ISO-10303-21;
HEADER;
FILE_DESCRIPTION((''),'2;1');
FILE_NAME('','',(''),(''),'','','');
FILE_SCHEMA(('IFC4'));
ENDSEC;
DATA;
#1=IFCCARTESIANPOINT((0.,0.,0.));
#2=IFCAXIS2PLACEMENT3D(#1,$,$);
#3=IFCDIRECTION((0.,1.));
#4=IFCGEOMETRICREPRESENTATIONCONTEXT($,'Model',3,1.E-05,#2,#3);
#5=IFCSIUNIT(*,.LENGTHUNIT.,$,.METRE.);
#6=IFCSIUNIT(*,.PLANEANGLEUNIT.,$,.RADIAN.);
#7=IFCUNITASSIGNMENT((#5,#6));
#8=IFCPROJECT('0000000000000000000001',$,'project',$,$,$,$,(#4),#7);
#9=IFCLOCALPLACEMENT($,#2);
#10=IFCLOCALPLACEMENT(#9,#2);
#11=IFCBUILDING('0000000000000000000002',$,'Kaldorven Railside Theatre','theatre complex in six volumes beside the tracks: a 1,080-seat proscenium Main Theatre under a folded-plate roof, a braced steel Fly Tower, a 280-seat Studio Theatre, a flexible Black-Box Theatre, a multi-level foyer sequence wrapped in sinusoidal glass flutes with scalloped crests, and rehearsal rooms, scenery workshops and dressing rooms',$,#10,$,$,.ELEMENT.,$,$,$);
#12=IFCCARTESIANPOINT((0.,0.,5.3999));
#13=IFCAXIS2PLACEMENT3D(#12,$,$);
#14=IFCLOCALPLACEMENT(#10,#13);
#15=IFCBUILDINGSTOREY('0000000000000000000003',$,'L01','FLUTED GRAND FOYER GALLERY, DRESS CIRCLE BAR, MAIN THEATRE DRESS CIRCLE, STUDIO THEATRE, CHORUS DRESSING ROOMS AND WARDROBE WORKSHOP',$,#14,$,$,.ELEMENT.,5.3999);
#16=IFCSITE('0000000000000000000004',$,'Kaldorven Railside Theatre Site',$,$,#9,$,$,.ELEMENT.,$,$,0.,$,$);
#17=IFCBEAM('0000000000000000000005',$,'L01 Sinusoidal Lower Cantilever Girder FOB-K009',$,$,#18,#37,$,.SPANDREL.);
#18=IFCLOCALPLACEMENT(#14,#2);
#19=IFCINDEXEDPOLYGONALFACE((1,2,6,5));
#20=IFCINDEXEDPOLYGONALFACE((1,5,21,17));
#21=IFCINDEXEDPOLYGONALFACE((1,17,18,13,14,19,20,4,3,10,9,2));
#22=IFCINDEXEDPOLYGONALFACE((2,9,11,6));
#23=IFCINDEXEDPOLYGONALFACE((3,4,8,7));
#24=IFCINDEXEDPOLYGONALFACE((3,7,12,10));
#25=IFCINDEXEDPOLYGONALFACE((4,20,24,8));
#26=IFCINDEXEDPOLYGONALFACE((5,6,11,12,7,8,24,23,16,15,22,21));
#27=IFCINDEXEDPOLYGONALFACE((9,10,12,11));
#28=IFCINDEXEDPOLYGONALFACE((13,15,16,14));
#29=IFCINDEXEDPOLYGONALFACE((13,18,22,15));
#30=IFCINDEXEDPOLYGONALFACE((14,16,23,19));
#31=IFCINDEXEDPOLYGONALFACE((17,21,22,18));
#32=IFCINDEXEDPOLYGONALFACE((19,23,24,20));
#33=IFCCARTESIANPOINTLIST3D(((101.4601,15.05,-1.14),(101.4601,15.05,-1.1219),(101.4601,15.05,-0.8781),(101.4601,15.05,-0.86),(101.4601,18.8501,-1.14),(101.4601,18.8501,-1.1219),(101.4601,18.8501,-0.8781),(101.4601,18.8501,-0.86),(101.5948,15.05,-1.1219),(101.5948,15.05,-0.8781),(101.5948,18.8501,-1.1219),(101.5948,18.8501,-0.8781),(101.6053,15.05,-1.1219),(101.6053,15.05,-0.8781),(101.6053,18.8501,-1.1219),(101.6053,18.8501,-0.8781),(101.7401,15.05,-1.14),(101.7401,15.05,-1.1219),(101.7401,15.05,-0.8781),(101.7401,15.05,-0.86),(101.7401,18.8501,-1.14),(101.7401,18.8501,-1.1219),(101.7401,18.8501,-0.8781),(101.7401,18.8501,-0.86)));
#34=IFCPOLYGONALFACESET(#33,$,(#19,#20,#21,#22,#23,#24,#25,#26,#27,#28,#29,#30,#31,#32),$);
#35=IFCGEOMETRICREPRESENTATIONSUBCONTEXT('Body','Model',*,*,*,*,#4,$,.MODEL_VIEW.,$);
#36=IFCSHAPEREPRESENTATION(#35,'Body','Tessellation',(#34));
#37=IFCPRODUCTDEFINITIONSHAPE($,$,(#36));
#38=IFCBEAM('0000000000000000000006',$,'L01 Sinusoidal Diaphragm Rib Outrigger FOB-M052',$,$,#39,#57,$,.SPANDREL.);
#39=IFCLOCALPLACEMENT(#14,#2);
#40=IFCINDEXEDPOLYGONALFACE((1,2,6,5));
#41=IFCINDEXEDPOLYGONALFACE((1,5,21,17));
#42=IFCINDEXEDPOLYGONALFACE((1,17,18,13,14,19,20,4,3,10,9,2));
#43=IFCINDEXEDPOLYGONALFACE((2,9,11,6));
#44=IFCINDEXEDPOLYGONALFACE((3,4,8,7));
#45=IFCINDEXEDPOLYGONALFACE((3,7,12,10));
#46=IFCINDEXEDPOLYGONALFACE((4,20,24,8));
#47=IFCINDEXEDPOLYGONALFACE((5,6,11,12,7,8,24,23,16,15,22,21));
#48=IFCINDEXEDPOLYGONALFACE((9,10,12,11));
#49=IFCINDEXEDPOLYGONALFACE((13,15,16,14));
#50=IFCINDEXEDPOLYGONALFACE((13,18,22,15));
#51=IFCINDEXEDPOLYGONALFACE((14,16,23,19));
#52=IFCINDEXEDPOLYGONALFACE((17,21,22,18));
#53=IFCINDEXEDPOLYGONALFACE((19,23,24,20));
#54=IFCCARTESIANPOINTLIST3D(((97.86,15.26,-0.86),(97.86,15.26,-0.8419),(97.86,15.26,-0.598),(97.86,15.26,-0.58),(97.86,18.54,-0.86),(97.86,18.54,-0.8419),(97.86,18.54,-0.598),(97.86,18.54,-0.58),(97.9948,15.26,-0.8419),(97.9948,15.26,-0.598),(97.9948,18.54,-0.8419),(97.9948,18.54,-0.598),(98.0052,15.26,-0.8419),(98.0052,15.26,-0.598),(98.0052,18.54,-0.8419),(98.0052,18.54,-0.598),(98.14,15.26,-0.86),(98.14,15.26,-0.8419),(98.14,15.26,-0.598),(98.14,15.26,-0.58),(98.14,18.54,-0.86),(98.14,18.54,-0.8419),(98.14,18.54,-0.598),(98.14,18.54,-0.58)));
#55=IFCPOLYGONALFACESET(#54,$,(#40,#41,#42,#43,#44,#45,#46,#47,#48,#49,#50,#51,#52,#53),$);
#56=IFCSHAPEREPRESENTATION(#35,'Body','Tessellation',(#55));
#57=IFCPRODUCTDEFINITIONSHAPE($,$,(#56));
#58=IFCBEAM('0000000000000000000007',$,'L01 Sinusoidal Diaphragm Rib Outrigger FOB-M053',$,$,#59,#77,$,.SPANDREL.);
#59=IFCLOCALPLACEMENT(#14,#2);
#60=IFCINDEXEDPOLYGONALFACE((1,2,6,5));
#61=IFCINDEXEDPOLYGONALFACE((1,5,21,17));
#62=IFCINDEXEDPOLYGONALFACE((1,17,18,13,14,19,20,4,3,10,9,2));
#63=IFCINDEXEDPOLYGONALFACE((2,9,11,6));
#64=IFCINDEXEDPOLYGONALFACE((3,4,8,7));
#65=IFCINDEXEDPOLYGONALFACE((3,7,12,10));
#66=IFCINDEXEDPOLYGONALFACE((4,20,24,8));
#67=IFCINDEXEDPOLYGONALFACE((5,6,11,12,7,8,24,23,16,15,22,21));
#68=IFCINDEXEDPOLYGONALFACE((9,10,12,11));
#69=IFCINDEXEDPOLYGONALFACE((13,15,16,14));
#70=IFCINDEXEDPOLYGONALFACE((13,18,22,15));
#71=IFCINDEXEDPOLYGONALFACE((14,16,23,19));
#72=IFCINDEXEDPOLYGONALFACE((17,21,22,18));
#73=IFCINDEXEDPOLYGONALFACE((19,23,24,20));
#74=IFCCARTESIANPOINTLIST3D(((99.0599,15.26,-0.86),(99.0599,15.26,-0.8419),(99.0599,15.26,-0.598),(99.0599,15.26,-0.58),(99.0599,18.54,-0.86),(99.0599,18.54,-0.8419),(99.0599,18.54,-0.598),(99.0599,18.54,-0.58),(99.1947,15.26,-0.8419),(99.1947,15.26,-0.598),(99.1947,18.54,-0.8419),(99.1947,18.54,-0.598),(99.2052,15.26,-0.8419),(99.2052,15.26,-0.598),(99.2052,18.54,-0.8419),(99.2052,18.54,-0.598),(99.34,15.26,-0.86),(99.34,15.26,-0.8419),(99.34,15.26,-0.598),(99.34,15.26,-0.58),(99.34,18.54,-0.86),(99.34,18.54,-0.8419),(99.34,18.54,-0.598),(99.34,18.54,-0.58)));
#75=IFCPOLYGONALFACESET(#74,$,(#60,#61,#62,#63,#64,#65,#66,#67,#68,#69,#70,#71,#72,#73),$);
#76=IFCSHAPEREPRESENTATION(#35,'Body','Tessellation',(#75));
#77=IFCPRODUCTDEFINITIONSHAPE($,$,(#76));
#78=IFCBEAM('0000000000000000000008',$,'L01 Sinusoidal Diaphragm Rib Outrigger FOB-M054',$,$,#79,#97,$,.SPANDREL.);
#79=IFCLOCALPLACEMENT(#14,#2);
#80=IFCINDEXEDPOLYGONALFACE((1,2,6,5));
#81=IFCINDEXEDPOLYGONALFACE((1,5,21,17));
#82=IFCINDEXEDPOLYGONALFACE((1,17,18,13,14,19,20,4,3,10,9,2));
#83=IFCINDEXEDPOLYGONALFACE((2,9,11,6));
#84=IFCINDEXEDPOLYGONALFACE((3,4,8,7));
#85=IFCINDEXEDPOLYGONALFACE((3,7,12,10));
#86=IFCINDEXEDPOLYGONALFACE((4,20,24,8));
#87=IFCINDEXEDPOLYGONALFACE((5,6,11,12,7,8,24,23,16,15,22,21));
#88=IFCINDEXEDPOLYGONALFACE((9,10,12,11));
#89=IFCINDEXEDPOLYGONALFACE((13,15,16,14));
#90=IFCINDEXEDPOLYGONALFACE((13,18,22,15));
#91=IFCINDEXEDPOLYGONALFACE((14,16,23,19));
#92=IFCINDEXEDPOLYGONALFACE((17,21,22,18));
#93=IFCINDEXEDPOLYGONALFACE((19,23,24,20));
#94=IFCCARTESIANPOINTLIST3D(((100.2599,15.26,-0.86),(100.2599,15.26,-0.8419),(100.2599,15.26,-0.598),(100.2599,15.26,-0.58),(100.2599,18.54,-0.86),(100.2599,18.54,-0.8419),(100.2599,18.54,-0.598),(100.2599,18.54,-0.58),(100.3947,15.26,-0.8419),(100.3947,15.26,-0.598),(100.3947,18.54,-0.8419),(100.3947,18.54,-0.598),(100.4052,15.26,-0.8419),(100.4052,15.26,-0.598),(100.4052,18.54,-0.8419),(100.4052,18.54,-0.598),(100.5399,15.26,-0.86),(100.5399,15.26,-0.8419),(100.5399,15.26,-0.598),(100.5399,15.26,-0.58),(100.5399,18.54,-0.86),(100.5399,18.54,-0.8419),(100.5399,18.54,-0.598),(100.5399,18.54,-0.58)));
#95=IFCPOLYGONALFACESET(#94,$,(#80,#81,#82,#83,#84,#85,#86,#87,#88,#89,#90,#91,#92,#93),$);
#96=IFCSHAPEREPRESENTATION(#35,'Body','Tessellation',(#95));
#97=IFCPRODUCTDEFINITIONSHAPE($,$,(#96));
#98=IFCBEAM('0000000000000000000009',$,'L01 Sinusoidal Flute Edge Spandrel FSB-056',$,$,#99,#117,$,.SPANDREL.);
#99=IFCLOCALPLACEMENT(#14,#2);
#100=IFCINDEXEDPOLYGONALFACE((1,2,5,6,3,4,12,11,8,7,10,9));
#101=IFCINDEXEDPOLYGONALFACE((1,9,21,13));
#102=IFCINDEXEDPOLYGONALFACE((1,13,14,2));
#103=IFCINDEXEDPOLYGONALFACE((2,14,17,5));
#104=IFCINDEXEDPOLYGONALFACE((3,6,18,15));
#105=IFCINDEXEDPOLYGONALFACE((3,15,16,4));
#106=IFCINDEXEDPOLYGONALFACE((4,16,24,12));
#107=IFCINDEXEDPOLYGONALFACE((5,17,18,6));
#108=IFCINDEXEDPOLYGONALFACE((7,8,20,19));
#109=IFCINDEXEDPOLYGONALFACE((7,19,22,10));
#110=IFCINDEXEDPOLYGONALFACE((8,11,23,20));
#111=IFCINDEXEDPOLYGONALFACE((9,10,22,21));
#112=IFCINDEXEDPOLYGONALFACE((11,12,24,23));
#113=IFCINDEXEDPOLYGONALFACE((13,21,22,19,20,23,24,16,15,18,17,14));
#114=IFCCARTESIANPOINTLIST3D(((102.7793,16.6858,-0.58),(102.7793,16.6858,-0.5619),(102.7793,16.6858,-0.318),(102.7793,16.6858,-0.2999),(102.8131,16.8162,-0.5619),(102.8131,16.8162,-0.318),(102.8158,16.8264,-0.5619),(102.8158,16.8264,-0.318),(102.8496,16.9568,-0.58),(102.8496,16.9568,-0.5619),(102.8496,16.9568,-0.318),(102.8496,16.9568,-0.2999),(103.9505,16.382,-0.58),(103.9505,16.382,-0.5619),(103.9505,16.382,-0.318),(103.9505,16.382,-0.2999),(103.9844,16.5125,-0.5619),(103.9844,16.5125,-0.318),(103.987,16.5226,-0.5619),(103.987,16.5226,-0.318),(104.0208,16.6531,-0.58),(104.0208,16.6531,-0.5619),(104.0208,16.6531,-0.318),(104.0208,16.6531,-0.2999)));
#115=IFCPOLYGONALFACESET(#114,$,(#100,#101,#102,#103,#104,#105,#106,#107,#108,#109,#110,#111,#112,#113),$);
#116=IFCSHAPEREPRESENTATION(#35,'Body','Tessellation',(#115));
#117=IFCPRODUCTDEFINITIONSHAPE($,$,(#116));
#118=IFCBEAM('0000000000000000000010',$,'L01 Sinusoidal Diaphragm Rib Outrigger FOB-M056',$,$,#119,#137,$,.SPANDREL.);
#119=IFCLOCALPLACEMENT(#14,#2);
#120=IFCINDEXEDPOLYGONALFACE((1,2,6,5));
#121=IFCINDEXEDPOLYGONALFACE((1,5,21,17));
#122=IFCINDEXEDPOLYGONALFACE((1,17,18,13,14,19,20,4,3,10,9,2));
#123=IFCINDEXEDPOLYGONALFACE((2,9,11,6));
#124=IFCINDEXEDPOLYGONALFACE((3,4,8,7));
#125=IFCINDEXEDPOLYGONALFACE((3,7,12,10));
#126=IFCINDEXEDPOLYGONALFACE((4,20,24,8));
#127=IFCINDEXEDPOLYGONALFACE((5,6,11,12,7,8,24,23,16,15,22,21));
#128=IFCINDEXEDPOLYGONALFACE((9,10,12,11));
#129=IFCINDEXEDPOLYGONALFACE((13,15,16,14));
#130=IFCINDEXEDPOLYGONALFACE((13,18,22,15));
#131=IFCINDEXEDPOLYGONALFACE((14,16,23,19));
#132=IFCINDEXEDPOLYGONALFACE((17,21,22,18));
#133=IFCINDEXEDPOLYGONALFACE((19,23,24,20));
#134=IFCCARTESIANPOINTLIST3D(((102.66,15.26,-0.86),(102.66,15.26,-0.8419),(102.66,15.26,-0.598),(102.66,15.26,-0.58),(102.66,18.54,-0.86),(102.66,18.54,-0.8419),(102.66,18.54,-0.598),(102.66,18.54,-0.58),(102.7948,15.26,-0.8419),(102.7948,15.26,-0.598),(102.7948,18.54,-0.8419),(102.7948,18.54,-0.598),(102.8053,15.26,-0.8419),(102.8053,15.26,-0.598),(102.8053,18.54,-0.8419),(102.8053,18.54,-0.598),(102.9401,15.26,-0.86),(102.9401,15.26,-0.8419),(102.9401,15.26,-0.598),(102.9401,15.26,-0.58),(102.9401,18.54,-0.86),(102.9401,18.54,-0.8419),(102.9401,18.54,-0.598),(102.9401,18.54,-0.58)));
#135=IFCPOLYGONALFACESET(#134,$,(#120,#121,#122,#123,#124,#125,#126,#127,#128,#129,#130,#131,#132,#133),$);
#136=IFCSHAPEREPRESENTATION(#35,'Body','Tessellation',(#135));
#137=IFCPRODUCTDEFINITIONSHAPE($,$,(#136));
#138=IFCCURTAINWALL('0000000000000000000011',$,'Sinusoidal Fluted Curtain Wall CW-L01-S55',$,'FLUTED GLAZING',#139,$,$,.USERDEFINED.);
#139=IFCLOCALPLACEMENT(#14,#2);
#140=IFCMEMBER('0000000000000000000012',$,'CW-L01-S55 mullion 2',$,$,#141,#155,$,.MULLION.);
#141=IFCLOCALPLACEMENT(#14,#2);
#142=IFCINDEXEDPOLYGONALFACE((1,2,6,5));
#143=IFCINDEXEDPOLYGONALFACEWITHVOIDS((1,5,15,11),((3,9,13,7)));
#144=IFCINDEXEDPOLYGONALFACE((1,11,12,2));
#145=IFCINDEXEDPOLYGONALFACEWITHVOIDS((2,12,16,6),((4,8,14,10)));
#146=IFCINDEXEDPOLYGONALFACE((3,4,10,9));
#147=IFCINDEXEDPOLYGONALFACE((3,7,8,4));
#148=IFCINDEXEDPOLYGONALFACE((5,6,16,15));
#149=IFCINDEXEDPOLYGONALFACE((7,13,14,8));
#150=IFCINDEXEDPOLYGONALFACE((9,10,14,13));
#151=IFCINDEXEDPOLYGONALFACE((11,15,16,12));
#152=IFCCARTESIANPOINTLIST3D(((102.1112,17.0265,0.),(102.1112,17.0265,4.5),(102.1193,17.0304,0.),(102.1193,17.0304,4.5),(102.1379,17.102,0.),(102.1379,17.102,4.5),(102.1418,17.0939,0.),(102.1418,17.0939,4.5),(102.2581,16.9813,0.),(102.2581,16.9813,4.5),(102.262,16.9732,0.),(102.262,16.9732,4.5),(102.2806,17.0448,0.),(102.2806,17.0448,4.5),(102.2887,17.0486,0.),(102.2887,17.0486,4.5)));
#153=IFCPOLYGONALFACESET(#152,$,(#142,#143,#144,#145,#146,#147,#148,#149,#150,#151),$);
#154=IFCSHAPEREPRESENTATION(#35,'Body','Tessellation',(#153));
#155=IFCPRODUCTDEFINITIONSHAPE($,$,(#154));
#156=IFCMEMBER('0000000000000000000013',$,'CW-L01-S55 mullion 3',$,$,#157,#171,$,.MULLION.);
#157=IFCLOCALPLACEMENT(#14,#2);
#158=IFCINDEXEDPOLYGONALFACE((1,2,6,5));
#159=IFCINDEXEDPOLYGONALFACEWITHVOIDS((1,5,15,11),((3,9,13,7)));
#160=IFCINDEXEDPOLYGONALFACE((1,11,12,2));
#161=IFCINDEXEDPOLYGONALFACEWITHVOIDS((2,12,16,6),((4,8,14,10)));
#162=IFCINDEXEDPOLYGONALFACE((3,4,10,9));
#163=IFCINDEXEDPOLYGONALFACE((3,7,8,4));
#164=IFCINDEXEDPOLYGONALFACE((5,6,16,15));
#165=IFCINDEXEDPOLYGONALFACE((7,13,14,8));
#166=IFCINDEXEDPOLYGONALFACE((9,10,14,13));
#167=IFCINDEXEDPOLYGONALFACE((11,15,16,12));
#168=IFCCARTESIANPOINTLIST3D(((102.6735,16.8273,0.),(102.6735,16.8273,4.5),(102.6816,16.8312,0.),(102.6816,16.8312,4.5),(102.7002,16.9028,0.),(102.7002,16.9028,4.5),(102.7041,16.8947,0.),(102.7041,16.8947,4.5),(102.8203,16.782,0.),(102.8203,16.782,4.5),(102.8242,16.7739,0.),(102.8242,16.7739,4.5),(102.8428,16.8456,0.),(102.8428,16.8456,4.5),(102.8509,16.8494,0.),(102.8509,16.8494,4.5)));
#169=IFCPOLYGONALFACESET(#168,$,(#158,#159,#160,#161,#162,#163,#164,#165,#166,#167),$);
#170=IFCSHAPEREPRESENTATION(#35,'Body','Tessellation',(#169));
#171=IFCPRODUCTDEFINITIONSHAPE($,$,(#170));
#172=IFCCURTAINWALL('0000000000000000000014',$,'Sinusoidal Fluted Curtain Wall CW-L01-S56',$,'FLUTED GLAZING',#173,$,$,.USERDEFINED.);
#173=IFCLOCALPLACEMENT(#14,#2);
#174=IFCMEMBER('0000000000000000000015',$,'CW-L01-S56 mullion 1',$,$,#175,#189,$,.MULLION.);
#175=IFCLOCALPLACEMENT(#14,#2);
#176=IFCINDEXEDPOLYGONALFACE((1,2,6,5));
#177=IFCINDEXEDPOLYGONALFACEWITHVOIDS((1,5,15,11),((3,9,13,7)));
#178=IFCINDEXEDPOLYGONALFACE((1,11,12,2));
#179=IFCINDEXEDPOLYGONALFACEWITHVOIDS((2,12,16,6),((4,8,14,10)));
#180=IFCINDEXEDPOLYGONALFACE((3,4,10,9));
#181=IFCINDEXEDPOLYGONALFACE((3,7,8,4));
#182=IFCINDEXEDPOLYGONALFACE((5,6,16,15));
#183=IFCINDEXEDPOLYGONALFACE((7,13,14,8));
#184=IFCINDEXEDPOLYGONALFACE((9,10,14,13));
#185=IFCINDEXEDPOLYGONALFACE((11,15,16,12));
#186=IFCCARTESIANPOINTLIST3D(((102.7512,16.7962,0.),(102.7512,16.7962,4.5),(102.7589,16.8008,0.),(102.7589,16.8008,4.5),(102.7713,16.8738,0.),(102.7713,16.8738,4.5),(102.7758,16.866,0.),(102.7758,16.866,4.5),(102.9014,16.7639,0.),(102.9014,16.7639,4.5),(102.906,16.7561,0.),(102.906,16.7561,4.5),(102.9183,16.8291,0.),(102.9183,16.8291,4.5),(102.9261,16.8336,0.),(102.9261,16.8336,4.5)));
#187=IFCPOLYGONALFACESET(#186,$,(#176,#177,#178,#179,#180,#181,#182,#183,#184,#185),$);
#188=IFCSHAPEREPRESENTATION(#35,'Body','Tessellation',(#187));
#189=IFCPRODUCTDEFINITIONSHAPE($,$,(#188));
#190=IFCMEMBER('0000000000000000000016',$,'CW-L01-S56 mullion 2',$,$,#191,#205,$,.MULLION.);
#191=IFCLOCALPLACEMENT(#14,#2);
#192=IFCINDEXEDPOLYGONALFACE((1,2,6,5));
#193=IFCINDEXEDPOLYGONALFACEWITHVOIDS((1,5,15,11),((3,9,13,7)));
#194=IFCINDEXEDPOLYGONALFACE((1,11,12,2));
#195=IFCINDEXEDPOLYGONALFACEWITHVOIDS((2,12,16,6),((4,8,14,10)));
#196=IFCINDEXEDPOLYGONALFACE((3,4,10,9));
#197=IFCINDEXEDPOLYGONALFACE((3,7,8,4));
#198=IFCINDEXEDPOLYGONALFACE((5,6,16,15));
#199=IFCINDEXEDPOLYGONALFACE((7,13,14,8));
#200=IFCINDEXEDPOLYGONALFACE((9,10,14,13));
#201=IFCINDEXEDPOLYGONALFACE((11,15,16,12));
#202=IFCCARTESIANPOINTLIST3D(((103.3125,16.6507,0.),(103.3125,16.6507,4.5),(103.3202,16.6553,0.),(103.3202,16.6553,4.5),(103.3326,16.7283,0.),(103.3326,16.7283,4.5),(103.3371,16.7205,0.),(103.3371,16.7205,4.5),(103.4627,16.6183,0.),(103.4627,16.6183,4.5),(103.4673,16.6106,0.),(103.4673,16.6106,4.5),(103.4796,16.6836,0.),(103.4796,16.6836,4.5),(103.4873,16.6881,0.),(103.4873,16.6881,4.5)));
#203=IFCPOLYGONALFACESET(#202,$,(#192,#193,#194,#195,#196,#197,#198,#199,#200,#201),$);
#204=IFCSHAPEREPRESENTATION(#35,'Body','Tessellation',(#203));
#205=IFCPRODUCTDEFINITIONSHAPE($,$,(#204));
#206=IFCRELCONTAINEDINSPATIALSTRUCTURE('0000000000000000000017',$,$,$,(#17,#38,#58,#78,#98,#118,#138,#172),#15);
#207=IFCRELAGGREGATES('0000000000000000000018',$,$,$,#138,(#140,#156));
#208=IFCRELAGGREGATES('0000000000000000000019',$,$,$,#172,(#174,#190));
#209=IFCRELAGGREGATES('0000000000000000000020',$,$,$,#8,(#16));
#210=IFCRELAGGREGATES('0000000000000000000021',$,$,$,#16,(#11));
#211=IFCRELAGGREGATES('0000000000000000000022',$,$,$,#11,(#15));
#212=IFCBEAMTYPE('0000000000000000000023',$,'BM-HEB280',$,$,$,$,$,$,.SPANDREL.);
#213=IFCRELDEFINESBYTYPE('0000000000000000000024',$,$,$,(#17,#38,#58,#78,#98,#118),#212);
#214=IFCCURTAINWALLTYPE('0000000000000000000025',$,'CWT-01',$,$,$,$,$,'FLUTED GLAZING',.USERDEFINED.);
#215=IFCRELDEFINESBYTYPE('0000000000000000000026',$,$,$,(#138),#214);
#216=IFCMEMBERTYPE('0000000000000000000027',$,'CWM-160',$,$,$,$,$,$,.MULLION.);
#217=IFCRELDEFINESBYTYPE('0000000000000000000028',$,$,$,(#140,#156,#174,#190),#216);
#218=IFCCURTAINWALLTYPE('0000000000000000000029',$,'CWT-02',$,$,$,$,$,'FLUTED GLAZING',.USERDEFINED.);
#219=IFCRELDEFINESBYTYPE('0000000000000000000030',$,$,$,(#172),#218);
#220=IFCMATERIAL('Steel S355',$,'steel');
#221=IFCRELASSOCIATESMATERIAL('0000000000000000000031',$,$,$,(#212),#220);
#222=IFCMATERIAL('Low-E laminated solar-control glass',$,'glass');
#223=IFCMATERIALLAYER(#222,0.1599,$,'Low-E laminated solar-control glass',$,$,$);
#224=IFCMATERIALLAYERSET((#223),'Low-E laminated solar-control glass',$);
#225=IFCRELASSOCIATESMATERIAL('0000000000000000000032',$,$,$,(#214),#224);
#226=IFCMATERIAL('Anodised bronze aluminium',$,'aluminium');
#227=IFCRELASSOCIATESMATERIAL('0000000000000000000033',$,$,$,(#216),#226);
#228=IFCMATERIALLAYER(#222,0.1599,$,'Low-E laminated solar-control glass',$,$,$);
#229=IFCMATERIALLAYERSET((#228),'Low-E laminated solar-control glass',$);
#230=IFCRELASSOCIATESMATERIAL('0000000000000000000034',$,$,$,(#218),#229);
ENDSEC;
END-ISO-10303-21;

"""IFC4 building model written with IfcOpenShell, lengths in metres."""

from ifc_helpers import new_model, si_unit, direction, frame, origin, origin_2d, place, context, subcontext, project, spatial, hollow_rectangle, i_section, extrude, material, layer, layer_set, material_profile, profile_set, type_object, element, aggregate, save


model = new_model("IFC4")

# Units and contexts
model_context = context("Model", 3, precision=1e-05, world=origin(), true_north=direction((0.0, 1.0)))
body_context = subcontext(model_context, "Body", "Model", "MODEL_VIEW")
ifc_project = project(units=[si_unit("LENGTHUNIT", "METRE"), si_unit("PLANEANGLEUNIT", "RADIAN")], contexts=[model_context])

# Site, building, storey
site_placement = place(None, origin())
site = spatial("IfcSite", under=ifc_project, at=site_placement, Name="Kaldorven Railside Theatre Site", CompositionType="ELEMENT", RefElevation=0.0)
building_placement = place(site_placement, origin())
building = spatial("IfcBuilding", under=site, at=building_placement, Name="Kaldorven Railside Theatre", Description="theatre complex in six volumes beside the tracks: a 1,080-seat proscenium Main Theatre under a folded-plate roof, a braced steel Fly Tower, a 280-seat Studio Theatre, a flexible Black-Box Theatre, a multi-level foyer sequence wrapped in sinusoidal glass flutes with scalloped crests, and rehearsal rooms, scenery workshops and dressing rooms", CompositionType="ELEMENT")
storey_placement = place(building_placement, frame((0.0, 0.0, 5.3999)))
storey = spatial("IfcBuildingStorey", under=building, at=storey_placement, Name="L01", Description="FLUTED GRAND FOYER GALLERY, DRESS CIRCLE BAR, MAIN THEATRE DRESS CIRCLE, STUDIO THEATRE, CHORUS DRESSING ROOMS AND WARDROBE WORKSHOP", CompositionType="ELEMENT", Elevation=5.3999)

# Beams
ifc_material_1 = material(Name="Steel S355", Category="steel")
ifc_material_profile_1 = material_profile(ifc_material_1, i_section(OverallWidth=0.28, OverallDepth=0.28, WebThickness=0.0105, FlangeThickness=0.0181, at=origin_2d()), Name="HEB 280")
ifc_profile_set_1 = profile_set([ifc_material_profile_1], Name="Steel S355")
beam_type = type_object("IfcBeamType", Name="BM-HEB280", PredefinedType="SPANDREL", material=ifc_profile_set_1)
beam_1_placement = place(storey_placement, frame((101.6001, 15.05, -1.0), z_axis=(0.0, 1.0, 0.0), x_axis=(-1.0, 0.0, 0.0)))
element("IfcBeam", 1, at=beam_1_placement, inside=storey, type_object=beam_type, Name="L01 Sinusoidal Lower Cantilever Girder FOB-K009", PredefinedType="SPANDREL", context=body_context, shape_type="SweptSolid", body=[
    extrude(i_section(OverallWidth=0.28, OverallDepth=0.28, WebThickness=0.0105, FlangeThickness=0.0181, at=origin_2d()), origin(), (0.0, 0.0, 1.0), 3.8),
])
for number, where, z_axis, x_axis, name in (
    (2, (98.0, 15.26, -0.72), (0.0, 1.0, 0.0), (-1.0, 0.0, 0.0), "L01 Sinusoidal Diaphragm Rib Outrigger FOB-M052"),
    (3, (99.2, 15.26, -0.72), (0.0, 1.0, 0.0), (-1.0, 0.0, 0.0), "L01 Sinusoidal Diaphragm Rib Outrigger FOB-M053"),
    (4, (100.3999, 15.26, -0.72), (0.0, 1.0, 0.0), (-1.0, 0.0, 0.0), "L01 Sinusoidal Diaphragm Rib Outrigger FOB-M054"),
):
    element("IfcBeam", number, at=place(storey_placement, frame(where, z_axis=z_axis, x_axis=x_axis)), inside=storey, type_object=beam_type, Name=name, PredefinedType="SPANDREL", context=body_context, shape_type="SweptSolid", body=[
        extrude(i_section(OverallWidth=0.28, OverallDepth=0.28, WebThickness=0.0105, FlangeThickness=0.0181, at=origin_2d()), origin(), (0.0, 0.0, 1.0), 3.28),
    ])
beam_2_placement = place(storey_placement, frame((102.8145, 16.8213, -0.4399), z_axis=(0.967981, -0.251025, 0.0), x_axis=(0.251025, 0.967981, 0.0)))
element("IfcBeam", 5, at=beam_2_placement, inside=storey, type_object=beam_type, Name="L01 Sinusoidal Flute Edge Spandrel FSB-056", PredefinedType="SPANDREL", context=body_context, shape_type="SweptSolid", body=[
    extrude(i_section(OverallWidth=0.28, OverallDepth=0.28, WebThickness=0.0105, FlangeThickness=0.0181, at=origin_2d()), origin(), (0.0, 0.0, 1.0), 1.21),
])
beam_3_placement = place(storey_placement, frame((102.8, 15.26, -0.72), z_axis=(0.0, 1.0, 0.0), x_axis=(-1.0, 0.0, 0.0)))
element("IfcBeam", 6, at=beam_3_placement, inside=storey, type_object=beam_type, Name="L01 Sinusoidal Diaphragm Rib Outrigger FOB-M056", PredefinedType="SPANDREL", context=body_context, shape_type="SweptSolid", body=[
    extrude(i_section(OverallWidth=0.28, OverallDepth=0.28, WebThickness=0.0105, FlangeThickness=0.0181, at=origin_2d()), origin(), (0.0, 0.0, 1.0), 3.28),
])

# Curtain walls, members
ifc_material_2 = material(Name="Low-E laminated solar-control glass", Category="glass")
ifc_layer_1 = layer(ifc_material_2, 0.1599, Name="Low-E laminated solar-control glass")
ifc_layer_set_1 = layer_set([ifc_layer_1], Name="Low-E laminated solar-control glass")
curtain_wall_type_1 = type_object("IfcCurtainWallType", Name="CWT-01", ElementType="FLUTED GLAZING", PredefinedType="USERDEFINED", material=ifc_layer_set_1)
curtain_wall_1_placement = place(storey_placement, origin())
curtain_wall_1 = element("IfcCurtainWall", 7, at=curtain_wall_1_placement, inside=storey, type_object=curtain_wall_type_1, Name="Sinusoidal Fluted Curtain Wall CW-L01-S55", ObjectType="FLUTED GLAZING", PredefinedType="USERDEFINED")
ifc_material_3 = material(Name="Anodised bronze aluminium", Category="aluminium")
ifc_material_profile_2 = material_profile(ifc_material_3, hollow_rectangle(XDim=0.0801, YDim=0.1599, WallThickness=0.0063, at=origin_2d()), Name="RHS 160x80x6.3")
ifc_profile_set_2 = profile_set([ifc_material_profile_2], Name="Anodised bronze aluminium")
member_type_1 = type_object("IfcMemberType", Name="CWM-160", PredefinedType="MULLION", material=ifc_profile_set_2)
member_1_placement = place(storey_placement, frame((102.2, 17.0376, 0.0), z_axis=(0.0, 0.0, 1.0), x_axis=(0.333847, 0.942627, 0.0)))
member_1 = element("IfcMember", 8, at=member_1_placement, type_object=member_type_1, Name="CW-L01-S55 mullion 2", PredefinedType="MULLION", context=body_context, shape_type="SweptSolid", body=[
    extrude(hollow_rectangle(XDim=0.0801, YDim=0.1599, WallThickness=0.0063, at=origin_2d()), origin(), (0.0, 0.0, 1.0), 4.5),
])
member_2_placement = place(storey_placement, frame((102.7622, 16.8384, 0.0), z_axis=(0.0, 0.0, 1.0), x_axis=(0.333847, 0.942627, 0.0)))
member_2 = element("IfcMember", 9, at=member_2_placement, type_object=member_type_1, Name="CW-L01-S55 mullion 3", PredefinedType="MULLION", context=body_context, shape_type="SweptSolid", body=[
    extrude(hollow_rectangle(XDim=0.0801, YDim=0.1599, WallThickness=0.0063, at=origin_2d()), origin(), (0.0, 0.0, 1.0), 4.5),
])
ifc_layer_2 = layer(ifc_material_2, 0.1599, Name="Low-E laminated solar-control glass")
ifc_layer_set_2 = layer_set([ifc_layer_2], Name="Low-E laminated solar-control glass")
curtain_wall_type_2 = type_object("IfcCurtainWallType", Name="CWT-02", ElementType="FLUTED GLAZING", PredefinedType="USERDEFINED", material=ifc_layer_set_2)
curtain_wall_2_placement = place(storey_placement, origin())
curtain_wall_2 = element("IfcCurtainWall", 10, at=curtain_wall_2_placement, inside=storey, type_object=curtain_wall_type_2, Name="Sinusoidal Fluted Curtain Wall CW-L01-S56", ObjectType="FLUTED GLAZING", PredefinedType="USERDEFINED")
member_3_placement = place(storey_placement, frame((102.8386, 16.8149, 0.0), z_axis=(0.0, 0.0, 1.0), x_axis=(0.250954, 0.967999, 0.0)))
member_3 = element("IfcMember", 11, at=member_3_placement, type_object=member_type_1, Name="CW-L01-S56 mullion 1", PredefinedType="MULLION", context=body_context, shape_type="SweptSolid", body=[
    extrude(hollow_rectangle(XDim=0.0801, YDim=0.1599, WallThickness=0.0063, at=origin_2d()), origin(), (0.0, 0.0, 1.0), 4.5),
])
member_4_placement = place(storey_placement, frame((103.3999, 16.6694, 0.0), z_axis=(0.0, 0.0, 1.0), x_axis=(0.250954, 0.967999, 0.0)))
member_4 = element("IfcMember", 12, at=member_4_placement, type_object=member_type_1, Name="CW-L01-S56 mullion 2", PredefinedType="MULLION", context=body_context, shape_type="SweptSolid", body=[
    extrude(hollow_rectangle(XDim=0.0801, YDim=0.1599, WallThickness=0.0063, at=origin_2d()), origin(), (0.0, 0.0, 1.0), 4.5),
])

aggregate(curtain_wall_1, [member_1, member_2])
aggregate(curtain_wall_2, [member_3, member_4])

save(model, "model.ifc")
